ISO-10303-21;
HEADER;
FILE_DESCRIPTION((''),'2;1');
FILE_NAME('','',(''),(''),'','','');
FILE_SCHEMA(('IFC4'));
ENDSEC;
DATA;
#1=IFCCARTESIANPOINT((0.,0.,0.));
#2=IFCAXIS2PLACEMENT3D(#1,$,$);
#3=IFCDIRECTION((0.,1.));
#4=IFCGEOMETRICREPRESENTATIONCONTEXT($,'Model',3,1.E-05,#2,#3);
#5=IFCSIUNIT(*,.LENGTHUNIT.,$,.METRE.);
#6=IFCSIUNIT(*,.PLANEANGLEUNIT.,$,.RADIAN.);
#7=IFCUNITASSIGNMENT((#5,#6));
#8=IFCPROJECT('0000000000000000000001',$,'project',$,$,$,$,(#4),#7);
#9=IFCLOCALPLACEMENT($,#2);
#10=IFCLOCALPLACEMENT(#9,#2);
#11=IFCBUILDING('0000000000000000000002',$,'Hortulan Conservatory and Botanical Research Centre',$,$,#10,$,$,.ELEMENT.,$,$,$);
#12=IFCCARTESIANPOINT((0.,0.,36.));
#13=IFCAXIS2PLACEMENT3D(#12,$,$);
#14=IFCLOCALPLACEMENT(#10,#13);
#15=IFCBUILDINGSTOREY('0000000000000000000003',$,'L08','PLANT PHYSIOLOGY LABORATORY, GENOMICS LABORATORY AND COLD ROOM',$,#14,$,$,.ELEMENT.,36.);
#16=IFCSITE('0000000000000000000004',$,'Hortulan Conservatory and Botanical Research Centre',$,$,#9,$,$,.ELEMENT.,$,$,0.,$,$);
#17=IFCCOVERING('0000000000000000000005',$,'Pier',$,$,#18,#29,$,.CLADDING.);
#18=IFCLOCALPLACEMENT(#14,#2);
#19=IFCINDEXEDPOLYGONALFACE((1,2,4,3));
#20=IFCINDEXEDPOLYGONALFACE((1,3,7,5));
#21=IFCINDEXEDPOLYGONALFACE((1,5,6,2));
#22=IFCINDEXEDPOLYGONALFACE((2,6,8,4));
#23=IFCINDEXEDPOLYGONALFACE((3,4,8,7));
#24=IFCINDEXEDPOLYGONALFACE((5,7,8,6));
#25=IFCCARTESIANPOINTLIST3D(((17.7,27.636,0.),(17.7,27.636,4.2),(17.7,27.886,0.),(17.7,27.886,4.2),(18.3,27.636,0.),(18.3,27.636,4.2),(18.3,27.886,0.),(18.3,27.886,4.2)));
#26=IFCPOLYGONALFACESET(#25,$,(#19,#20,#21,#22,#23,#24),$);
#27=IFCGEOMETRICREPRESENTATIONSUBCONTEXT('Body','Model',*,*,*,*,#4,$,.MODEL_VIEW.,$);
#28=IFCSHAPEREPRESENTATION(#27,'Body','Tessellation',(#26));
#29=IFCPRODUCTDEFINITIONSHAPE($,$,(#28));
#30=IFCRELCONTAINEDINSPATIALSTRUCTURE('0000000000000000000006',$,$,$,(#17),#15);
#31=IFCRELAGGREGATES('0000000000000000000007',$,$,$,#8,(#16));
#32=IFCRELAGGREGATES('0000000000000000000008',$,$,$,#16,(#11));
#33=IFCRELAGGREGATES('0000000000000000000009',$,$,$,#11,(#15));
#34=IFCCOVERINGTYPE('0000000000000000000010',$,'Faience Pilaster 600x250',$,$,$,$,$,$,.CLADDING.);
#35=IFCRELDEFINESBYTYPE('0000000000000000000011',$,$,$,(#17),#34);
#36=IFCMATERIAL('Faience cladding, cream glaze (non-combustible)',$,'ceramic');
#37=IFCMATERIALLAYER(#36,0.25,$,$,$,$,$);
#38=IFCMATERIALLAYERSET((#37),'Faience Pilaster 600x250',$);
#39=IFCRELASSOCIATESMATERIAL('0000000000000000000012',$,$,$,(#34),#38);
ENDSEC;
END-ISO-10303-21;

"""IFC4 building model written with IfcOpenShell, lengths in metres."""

from ifc_helpers import new_model, si_unit, direction, frame, origin, origin_2d, place, context, subcontext, project, spatial, rectangle, extrude, material, layer, layer_set, type_object, element, save


model = new_model("IFC4")

# Units and contexts
model_context = context("Model", 3, precision=1e-05, world=origin(), true_north=direction((0.0, 1.0)))
body_context = subcontext(model_context, "Body", "Model", "MODEL_VIEW")
ifc_project = project(units=[si_unit("LENGTHUNIT", "METRE"), si_unit("PLANEANGLEUNIT", "RADIAN")], contexts=[model_context])

# Site, building, storey
site_placement = place(None, origin())
site = spatial("IfcSite", under=ifc_project, at=site_placement, Name="Hortulan Conservatory and Botanical Research Centre", CompositionType="ELEMENT", RefElevation=0.0)
building_placement = place(site_placement, origin())
building = spatial("IfcBuilding", under=site, at=building_placement, Name="Hortulan Conservatory and Botanical Research Centre", CompositionType="ELEMENT")
storey_placement = place(building_placement, frame((0.0, 0.0, 36.0)))
storey = spatial("IfcBuildingStorey", under=building, at=storey_placement, Name="L08", Description="PLANT PHYSIOLOGY LABORATORY, GENOMICS LABORATORY AND COLD ROOM", CompositionType="ELEMENT", Elevation=36.0)

# Covering
ifc_material_1 = material(Name="Faience cladding, cream glaze (non-combustible)", Category="ceramic")
ifc_layer_1 = layer(ifc_material_1, 0.25)
ifc_layer_set_1 = layer_set([ifc_layer_1], Name="Faience Pilaster 600x250")
covering_type = type_object("IfcCoveringType", Name="Faience Pilaster 600x250", PredefinedType="CLADDING", material=ifc_layer_set_1)
covering_placement = place(storey_placement, frame((18.0, 27.761, 0.0), z_axis=(0.0, 0.0, 1.0), x_axis=(1.0, 0.0, 0.0)))
element("IfcCovering", 1, at=covering_placement, inside=storey, type_object=covering_type, Name="Pier", PredefinedType="CLADDING", context=body_context, shape_type="SweptSolid", body=[
    extrude(rectangle(XDim=0.6001, YDim=0.25, at=origin_2d()), origin(), (0.0, 0.0, 1.0), 4.2),
])

save(model, "model.ifc")
